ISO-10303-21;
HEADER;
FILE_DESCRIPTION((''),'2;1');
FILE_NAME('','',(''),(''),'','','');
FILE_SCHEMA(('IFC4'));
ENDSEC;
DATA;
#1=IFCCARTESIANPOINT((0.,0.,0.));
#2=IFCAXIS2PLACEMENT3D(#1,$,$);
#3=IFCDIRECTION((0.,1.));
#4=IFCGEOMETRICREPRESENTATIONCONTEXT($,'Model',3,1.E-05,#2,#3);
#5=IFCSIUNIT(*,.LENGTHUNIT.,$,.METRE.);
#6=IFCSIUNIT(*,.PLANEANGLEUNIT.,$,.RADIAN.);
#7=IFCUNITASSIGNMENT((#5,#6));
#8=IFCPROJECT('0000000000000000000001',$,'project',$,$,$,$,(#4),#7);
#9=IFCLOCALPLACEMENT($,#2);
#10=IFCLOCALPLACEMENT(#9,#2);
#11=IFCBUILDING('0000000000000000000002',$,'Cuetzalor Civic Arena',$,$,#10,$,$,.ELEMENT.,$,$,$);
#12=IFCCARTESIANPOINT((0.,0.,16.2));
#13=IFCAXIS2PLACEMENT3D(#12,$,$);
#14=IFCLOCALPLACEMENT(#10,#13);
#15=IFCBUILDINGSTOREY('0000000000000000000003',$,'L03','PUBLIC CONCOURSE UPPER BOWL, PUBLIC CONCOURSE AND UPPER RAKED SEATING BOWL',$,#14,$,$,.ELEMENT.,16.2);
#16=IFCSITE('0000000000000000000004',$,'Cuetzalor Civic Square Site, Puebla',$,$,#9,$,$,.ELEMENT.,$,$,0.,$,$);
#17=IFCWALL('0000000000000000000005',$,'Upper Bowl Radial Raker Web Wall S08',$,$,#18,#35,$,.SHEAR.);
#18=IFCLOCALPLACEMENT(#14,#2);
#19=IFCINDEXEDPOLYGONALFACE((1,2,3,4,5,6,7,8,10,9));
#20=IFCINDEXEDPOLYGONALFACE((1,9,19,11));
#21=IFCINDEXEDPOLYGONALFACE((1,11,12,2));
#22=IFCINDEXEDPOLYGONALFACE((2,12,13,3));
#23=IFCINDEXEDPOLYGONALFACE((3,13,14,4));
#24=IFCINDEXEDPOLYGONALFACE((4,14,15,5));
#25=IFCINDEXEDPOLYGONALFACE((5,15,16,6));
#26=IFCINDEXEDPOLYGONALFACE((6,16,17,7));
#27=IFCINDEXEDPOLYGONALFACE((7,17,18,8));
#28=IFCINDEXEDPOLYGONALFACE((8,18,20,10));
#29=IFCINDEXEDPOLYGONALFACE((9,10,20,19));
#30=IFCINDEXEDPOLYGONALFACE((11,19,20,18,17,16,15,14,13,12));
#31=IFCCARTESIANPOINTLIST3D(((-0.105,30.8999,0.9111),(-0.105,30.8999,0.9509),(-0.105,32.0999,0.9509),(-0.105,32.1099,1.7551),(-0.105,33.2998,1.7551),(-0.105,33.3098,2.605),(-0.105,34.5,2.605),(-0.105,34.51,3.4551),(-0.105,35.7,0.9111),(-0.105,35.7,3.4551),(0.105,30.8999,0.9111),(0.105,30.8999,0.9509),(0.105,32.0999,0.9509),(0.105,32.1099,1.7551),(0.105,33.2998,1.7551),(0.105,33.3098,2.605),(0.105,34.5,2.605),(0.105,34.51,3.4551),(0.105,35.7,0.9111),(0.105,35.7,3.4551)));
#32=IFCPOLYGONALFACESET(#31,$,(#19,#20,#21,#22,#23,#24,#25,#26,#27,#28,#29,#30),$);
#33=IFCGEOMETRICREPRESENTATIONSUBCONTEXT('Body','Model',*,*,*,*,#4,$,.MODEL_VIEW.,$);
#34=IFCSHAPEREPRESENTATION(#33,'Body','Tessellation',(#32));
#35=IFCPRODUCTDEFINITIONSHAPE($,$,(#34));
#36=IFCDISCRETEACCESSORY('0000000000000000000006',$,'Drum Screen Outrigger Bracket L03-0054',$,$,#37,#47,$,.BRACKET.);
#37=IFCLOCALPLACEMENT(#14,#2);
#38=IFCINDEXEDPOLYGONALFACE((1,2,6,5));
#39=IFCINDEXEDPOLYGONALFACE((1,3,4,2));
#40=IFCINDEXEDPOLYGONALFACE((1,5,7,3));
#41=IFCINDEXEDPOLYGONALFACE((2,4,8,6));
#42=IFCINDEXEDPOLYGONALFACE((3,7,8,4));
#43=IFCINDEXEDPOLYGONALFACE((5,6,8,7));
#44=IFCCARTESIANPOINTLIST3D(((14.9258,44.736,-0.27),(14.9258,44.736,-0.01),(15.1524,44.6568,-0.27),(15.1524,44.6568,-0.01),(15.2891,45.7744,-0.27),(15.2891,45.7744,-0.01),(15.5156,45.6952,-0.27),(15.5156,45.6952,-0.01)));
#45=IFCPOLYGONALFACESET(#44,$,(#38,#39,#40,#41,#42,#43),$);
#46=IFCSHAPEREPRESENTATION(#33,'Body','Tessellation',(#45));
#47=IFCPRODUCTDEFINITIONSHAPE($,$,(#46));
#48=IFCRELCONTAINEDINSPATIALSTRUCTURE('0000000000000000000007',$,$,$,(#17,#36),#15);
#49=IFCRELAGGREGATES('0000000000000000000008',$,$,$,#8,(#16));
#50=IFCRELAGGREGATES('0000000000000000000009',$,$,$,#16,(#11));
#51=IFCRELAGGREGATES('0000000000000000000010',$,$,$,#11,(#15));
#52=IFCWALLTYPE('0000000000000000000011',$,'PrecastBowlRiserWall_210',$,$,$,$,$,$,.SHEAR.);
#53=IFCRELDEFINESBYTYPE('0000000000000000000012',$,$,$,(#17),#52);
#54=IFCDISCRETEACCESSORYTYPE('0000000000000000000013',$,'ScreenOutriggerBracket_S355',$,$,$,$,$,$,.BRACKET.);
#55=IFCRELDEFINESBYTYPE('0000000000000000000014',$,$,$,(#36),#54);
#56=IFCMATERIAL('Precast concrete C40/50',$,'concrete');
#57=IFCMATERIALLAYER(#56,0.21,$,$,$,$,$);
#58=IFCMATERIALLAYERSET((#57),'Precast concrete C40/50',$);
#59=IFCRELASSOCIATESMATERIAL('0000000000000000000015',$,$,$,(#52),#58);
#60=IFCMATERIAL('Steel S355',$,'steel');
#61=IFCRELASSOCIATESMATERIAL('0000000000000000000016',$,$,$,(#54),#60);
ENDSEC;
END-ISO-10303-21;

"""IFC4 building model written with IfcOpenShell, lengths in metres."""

from ifc_helpers import new_model, si_unit, direction, frame, origin, origin_2d, place, context, subcontext, project, spatial, polyline, rectangle, outline, extrude, material, layer, layer_set, type_object, element, save


model = new_model("IFC4")

# Units and contexts
model_context = context("Model", 3, precision=1e-05, world=origin(), true_north=direction((0.0, 1.0)))
body_context = subcontext(model_context, "Body", "Model", "MODEL_VIEW")
ifc_project = project(units=[si_unit("LENGTHUNIT", "METRE"), si_unit("PLANEANGLEUNIT", "RADIAN")], contexts=[model_context])

# Site, building, storey
site_placement = place(None, origin())
site = spatial("IfcSite", under=ifc_project, at=site_placement, Name="Cuetzalor Civic Square Site, Puebla", CompositionType="ELEMENT", RefElevation=0.0)
building_placement = place(site_placement, origin())
building = spatial("IfcBuilding", under=site, at=building_placement, Name="Cuetzalor Civic Arena", CompositionType="ELEMENT")
storey_placement = place(building_placement, frame((0.0, 0.0, 16.2)))
storey = spatial("IfcBuildingStorey", under=building, at=storey_placement, Name="L03", Description="PUBLIC CONCOURSE UPPER BOWL, PUBLIC CONCOURSE AND UPPER RAKED SEATING BOWL", CompositionType="ELEMENT", Elevation=16.2)

# Wall
ifc_material_1 = material(Name="Precast concrete C40/50", Category="concrete")
ifc_layer_1 = layer(ifc_material_1, 0.21)
ifc_layer_set_1 = layer_set([ifc_layer_1], Name="Precast concrete C40/50")
wall_type_1 = type_object("IfcWallType", Name="PrecastBowlRiserWall_210", PredefinedType="SHEAR", material=ifc_layer_set_1)
wall_1_placement = place(storey_placement, frame((0.0, 30.8999, 0.9111), z_axis=(0.0, 0.0, 1.0), x_axis=(0.0, 1.0, 0.0)))
element("IfcWall", 1, at=wall_1_placement, inside=storey, type_object=wall_type_1, Name="Upper Bowl Radial Raker Web Wall S08", PredefinedType="SHEAR", context=body_context, shape_type="SweptSolid", body=[
    extrude(outline(polyline([(0.0, 0.0), (4.8, 0.0), (4.8, 2.5439), (3.6101, 2.5439), (3.6001, 1.6938), (2.4099, 1.6938), (2.3999, 0.844), (1.21, 0.844), (1.2, 0.0398), (0.0, 0.0398), (0.0, 0.0)])), frame((0.0, 0.105, 0.0), z_axis=(0.0, -1.0, 0.0), x_axis=(1.0, 0.0, 0.0)), (0.0, 0.0, 1.0), 0.21),
])

# Discrete accessory
ifc_material_2 = material(Name="Steel S355", Category="steel")
discrete_accessory_type = type_object("IfcDiscreteAccessoryType", Name="ScreenOutriggerBracket_S355", PredefinedType="BRACKET", material=ifc_material_2)
discrete_accessory_placement = place(storey_placement, frame((15.2207, 45.2156, -0.27), z_axis=(0.0, 0.0, 1.0), x_axis=(0.330185, 0.943916, 0.0)))
element("IfcDiscreteAccessory", 2, at=discrete_accessory_placement, inside=storey, type_object=discrete_accessory_type, Name="Drum Screen Outrigger Bracket L03-0054", PredefinedType="BRACKET", context=body_context, shape_type="SweptSolid", body=[
    extrude(rectangle(XDim=1.1001, YDim=0.24, at=origin_2d()), origin(), (0.0, 0.0, 1.0), 0.26),
])

save(model, "model.ifc")
